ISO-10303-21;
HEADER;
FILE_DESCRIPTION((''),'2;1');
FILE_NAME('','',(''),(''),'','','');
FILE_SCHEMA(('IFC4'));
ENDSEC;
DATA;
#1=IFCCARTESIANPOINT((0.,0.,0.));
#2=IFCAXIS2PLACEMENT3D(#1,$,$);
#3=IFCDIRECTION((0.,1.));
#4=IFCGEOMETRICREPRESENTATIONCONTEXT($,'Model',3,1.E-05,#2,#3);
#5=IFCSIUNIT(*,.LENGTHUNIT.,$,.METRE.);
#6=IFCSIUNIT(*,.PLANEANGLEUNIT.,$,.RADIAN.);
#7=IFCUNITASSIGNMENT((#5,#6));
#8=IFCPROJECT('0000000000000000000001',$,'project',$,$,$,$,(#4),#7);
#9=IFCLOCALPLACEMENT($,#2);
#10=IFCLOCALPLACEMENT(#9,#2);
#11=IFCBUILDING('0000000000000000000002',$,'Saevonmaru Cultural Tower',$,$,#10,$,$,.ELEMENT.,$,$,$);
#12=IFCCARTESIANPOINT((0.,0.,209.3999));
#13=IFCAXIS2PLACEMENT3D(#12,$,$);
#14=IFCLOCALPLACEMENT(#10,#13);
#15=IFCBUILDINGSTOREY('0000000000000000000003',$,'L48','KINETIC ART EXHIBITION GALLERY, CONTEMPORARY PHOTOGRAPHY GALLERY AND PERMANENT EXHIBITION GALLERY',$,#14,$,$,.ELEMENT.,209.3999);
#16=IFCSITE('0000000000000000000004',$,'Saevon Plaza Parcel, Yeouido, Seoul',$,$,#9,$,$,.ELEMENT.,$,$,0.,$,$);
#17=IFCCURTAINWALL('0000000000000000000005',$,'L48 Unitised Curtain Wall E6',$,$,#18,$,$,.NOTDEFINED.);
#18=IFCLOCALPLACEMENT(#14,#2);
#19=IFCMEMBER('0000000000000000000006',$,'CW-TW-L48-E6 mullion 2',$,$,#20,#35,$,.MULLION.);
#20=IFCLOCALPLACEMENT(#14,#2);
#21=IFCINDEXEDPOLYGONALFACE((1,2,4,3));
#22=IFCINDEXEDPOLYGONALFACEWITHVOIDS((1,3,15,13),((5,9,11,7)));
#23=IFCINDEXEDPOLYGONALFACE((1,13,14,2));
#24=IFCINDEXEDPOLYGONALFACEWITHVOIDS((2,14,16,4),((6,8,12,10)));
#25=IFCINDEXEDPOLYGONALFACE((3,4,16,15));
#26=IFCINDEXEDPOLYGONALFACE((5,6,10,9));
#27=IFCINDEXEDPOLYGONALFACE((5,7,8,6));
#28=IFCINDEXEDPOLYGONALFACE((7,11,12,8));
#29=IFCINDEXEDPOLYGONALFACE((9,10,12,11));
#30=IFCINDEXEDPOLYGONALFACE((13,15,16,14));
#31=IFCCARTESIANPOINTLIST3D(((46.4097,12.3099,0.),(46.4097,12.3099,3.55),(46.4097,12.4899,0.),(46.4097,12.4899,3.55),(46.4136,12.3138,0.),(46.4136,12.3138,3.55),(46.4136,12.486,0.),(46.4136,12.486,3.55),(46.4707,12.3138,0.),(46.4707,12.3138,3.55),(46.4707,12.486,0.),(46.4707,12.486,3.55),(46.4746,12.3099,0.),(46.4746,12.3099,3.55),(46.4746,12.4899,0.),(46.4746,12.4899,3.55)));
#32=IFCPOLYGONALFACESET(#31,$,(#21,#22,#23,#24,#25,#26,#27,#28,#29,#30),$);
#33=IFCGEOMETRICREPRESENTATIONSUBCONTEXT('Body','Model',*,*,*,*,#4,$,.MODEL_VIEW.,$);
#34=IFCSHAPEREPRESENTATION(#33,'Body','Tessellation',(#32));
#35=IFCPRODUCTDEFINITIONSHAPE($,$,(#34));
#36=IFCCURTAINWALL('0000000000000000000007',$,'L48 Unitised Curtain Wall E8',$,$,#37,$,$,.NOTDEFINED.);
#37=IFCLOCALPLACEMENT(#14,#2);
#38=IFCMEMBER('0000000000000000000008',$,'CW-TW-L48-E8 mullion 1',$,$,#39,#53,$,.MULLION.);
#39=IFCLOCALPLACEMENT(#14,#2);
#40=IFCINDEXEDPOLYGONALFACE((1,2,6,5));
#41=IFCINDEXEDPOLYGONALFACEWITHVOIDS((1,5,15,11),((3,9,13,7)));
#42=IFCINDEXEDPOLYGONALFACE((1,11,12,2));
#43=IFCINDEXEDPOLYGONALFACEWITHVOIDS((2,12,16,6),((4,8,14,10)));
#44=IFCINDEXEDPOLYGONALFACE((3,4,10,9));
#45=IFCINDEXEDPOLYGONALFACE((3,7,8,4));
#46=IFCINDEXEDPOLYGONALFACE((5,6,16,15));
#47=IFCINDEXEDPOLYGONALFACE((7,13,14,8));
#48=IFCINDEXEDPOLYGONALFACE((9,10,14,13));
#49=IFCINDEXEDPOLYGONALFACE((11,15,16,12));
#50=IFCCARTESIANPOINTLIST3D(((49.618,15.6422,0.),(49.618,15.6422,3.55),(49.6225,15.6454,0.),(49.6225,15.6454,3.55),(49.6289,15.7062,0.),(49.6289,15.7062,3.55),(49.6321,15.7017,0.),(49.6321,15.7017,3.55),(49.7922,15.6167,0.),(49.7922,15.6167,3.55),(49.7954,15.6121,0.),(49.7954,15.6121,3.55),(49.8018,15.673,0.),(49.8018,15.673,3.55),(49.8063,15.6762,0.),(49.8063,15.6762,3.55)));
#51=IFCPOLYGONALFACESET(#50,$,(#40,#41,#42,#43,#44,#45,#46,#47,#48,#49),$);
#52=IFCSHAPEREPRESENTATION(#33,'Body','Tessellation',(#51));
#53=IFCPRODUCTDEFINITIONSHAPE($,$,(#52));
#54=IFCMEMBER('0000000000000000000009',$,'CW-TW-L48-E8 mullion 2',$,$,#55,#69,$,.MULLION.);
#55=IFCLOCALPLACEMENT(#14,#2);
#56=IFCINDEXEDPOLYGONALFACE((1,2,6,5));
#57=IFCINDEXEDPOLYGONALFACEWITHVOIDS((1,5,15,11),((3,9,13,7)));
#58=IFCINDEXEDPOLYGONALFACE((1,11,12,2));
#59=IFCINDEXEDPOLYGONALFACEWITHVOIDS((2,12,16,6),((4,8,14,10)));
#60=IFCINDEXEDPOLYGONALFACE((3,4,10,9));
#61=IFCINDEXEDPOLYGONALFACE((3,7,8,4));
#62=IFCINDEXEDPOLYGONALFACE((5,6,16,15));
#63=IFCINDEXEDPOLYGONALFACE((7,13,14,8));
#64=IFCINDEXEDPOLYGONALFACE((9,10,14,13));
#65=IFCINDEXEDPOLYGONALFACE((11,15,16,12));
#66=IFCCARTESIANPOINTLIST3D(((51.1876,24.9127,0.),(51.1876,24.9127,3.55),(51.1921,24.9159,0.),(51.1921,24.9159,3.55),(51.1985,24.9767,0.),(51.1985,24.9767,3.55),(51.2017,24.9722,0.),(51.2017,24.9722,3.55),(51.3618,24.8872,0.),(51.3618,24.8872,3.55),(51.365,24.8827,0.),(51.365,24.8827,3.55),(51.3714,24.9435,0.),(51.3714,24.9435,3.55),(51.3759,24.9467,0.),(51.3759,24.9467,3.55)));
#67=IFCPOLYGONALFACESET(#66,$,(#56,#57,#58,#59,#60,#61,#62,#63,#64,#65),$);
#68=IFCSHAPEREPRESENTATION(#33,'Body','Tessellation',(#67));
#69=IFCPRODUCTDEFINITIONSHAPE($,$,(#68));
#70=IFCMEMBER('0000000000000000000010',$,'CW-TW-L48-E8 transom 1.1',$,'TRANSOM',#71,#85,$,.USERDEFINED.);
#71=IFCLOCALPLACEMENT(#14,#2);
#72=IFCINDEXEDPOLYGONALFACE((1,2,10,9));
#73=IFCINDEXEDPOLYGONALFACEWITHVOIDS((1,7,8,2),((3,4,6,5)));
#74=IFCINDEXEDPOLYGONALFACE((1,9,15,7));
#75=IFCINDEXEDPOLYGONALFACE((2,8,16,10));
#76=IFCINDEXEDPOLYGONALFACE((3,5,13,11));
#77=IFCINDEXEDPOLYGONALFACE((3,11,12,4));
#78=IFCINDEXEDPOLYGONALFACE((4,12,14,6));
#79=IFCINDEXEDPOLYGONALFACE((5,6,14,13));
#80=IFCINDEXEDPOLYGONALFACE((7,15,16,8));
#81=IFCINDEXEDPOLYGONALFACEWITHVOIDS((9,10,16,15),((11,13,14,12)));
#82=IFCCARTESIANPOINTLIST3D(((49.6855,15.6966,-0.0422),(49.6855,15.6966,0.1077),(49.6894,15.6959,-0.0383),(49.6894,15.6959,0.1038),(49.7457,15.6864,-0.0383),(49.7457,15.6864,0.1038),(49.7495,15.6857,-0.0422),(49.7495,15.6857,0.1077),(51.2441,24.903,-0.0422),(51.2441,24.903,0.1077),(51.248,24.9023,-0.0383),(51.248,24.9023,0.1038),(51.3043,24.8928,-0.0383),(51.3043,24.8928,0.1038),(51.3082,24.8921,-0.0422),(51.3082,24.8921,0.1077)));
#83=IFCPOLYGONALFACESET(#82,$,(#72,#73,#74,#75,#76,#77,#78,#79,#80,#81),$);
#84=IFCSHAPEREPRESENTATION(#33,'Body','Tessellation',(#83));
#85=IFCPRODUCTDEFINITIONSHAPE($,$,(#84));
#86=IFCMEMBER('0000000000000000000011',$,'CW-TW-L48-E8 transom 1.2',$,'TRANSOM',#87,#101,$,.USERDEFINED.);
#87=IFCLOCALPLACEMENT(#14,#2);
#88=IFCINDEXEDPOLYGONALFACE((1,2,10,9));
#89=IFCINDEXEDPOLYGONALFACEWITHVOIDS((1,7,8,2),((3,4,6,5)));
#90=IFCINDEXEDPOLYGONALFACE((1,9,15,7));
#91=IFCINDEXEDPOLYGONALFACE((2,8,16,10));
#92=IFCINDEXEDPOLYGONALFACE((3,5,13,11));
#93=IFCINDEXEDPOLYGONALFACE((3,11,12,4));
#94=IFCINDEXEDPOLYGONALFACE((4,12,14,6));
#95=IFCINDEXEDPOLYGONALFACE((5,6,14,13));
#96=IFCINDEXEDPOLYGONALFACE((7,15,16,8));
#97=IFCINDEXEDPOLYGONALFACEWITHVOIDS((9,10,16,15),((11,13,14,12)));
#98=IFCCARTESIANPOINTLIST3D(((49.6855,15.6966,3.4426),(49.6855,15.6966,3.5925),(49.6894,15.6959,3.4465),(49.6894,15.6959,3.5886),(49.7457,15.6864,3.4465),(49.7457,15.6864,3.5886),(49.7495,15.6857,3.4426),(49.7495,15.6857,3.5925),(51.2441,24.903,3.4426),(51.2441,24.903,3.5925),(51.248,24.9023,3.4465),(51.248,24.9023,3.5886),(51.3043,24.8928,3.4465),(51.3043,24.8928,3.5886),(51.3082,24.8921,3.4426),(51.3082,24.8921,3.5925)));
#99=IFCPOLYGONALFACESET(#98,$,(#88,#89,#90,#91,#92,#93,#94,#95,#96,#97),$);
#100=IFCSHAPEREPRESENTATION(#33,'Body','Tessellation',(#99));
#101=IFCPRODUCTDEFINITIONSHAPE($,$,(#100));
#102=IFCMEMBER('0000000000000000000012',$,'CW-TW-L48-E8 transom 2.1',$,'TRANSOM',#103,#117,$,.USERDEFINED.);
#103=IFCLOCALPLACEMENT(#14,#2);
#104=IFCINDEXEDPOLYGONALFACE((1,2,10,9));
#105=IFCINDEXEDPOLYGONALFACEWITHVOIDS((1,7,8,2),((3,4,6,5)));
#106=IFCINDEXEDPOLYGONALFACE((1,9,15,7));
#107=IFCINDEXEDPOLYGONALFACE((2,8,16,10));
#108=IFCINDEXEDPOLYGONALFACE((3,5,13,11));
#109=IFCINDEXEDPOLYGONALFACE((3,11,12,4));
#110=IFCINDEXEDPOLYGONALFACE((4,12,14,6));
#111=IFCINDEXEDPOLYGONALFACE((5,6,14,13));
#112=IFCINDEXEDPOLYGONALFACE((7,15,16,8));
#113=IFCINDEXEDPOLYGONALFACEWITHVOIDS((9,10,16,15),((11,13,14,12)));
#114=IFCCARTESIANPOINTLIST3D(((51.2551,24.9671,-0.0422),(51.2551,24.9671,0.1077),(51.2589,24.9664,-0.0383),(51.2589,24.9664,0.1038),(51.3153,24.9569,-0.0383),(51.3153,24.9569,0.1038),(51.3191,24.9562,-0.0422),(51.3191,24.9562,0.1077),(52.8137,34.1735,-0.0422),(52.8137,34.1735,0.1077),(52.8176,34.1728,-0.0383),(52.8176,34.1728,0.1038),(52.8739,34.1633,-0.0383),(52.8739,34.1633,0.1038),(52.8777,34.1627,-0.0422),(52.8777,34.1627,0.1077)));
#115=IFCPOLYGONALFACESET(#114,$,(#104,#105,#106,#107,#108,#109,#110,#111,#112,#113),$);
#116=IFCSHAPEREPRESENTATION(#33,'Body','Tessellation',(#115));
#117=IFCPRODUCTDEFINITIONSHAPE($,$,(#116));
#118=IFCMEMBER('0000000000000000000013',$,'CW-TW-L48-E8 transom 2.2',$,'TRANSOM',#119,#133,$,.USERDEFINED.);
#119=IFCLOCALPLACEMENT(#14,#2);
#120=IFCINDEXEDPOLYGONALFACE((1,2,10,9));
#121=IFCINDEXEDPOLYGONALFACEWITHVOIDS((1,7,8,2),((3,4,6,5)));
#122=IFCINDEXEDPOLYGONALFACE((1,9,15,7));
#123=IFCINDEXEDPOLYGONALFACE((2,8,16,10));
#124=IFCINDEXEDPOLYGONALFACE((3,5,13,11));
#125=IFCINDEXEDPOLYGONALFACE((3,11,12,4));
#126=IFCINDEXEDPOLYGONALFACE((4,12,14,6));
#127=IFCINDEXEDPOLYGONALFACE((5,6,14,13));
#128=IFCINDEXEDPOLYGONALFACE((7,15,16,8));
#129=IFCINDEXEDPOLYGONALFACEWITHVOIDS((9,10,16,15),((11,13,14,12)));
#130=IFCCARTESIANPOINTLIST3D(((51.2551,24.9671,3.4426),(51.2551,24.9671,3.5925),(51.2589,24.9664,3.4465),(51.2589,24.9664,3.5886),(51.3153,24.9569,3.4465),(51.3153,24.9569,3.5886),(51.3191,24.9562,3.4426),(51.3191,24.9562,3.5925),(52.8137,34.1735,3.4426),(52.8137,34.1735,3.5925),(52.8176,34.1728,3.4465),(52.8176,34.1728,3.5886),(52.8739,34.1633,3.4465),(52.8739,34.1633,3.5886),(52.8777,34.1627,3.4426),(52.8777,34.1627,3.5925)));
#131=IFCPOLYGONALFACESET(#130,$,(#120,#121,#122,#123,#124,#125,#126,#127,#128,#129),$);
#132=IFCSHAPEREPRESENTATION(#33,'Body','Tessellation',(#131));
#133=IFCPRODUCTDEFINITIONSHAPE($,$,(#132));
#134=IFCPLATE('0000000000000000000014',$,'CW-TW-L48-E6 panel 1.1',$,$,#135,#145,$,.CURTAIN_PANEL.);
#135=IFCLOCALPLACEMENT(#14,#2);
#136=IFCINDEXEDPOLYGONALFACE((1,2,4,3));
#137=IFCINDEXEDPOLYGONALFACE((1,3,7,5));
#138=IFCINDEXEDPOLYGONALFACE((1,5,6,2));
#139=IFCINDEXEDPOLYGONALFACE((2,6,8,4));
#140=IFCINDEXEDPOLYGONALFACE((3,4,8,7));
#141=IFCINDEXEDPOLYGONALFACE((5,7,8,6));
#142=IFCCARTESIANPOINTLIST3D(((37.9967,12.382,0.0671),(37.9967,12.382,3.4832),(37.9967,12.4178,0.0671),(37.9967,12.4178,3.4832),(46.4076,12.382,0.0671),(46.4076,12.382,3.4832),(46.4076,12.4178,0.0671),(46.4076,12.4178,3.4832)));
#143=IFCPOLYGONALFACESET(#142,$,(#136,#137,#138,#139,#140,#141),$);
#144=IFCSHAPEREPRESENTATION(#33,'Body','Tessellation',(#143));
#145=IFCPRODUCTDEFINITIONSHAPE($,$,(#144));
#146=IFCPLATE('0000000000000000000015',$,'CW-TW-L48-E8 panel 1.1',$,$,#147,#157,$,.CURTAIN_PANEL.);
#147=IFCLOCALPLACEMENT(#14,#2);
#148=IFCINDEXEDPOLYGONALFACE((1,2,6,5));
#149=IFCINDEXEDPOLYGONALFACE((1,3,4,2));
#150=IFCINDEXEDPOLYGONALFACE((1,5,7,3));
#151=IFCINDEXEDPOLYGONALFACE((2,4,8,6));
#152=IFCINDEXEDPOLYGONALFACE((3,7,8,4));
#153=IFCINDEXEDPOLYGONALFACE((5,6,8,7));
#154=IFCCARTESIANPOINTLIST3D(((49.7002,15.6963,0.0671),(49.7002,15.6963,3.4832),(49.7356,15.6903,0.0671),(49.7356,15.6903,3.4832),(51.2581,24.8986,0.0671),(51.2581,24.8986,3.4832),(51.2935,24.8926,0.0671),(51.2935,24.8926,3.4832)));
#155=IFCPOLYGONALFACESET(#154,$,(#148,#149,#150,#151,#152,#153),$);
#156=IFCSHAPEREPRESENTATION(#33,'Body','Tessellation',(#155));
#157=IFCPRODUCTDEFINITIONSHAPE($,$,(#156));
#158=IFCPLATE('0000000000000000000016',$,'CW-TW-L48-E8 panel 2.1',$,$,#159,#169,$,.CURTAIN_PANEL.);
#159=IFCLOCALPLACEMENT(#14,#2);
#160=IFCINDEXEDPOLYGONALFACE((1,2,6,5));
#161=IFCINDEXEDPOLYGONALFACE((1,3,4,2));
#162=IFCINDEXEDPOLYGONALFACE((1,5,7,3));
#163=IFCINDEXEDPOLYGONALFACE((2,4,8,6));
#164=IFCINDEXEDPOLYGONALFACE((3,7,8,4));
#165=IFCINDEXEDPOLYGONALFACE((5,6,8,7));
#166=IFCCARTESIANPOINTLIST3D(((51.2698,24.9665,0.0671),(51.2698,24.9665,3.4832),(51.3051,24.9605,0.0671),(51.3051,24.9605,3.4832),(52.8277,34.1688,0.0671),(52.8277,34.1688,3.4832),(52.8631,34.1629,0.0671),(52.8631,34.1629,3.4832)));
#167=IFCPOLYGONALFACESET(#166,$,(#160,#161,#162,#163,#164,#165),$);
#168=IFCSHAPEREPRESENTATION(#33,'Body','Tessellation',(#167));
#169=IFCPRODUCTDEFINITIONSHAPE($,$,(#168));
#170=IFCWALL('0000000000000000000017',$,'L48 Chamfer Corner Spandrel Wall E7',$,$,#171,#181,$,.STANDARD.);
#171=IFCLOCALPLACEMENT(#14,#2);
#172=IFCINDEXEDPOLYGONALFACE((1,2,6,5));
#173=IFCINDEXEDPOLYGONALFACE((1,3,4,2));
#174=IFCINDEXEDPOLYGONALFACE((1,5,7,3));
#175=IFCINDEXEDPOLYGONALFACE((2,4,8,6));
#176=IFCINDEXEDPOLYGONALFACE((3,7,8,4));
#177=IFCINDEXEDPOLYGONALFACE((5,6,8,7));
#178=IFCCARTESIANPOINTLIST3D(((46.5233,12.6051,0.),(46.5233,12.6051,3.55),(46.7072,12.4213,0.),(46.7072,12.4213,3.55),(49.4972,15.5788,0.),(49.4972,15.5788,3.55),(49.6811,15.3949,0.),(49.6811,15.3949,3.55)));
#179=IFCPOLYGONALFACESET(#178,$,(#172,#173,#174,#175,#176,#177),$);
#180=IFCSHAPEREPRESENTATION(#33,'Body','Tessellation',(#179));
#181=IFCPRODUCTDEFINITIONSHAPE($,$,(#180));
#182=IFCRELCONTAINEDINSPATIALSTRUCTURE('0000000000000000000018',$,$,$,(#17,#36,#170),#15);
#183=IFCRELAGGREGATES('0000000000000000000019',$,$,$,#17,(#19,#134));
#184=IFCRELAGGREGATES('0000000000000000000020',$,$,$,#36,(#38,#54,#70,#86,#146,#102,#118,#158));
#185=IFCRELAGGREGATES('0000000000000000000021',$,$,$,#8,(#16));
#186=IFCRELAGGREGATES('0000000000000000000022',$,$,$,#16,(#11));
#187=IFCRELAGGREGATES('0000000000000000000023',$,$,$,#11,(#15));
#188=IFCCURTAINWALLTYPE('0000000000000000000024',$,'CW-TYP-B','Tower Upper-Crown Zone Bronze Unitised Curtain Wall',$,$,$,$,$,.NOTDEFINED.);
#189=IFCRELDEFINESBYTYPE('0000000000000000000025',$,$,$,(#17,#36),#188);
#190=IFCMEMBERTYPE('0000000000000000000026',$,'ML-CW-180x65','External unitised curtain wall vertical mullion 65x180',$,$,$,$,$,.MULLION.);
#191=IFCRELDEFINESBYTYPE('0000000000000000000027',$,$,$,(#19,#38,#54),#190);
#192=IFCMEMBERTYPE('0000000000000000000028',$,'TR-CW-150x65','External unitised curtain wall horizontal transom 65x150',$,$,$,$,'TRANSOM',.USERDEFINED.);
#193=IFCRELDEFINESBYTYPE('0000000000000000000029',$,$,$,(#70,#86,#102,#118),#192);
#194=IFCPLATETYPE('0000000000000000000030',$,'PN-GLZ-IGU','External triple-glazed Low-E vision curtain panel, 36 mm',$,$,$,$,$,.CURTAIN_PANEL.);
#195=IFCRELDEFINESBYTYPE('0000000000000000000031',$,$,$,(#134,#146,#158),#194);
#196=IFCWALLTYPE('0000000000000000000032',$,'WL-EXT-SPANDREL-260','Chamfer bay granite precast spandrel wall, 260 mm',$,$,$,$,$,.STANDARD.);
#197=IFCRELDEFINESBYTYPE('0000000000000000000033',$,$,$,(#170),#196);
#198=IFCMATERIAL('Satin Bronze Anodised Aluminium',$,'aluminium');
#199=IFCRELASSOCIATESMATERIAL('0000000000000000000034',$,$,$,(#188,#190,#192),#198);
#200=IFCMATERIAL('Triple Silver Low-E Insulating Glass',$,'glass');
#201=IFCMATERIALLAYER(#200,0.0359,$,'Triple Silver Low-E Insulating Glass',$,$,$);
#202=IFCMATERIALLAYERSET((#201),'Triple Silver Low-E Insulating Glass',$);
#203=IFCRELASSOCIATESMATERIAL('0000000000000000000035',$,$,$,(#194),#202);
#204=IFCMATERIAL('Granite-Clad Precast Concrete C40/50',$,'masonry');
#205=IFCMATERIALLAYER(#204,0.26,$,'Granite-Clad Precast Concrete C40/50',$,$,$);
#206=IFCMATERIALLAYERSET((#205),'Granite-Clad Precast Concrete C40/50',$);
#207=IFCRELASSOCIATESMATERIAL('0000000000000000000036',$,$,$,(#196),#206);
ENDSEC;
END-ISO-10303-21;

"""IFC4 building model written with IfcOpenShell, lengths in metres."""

from ifc_helpers import new_model, si_unit, direction, frame, frame_2d, origin, origin_2d, place, context, subcontext, project, spatial, rectangle, hollow_rectangle, extrude, material, layer, layer_set, material_profile, profile_set, type_object, element, aggregate, save


model = new_model("IFC4")

# Units and contexts
model_context = context("Model", 3, precision=1e-05, world=origin(), true_north=direction((0.0, 1.0)))
body_context = subcontext(model_context, "Body", "Model", "MODEL_VIEW")
ifc_project = project(units=[si_unit("LENGTHUNIT", "METRE"), si_unit("PLANEANGLEUNIT", "RADIAN")], contexts=[model_context])

# Site, building, storey
site_placement = place(None, origin())
site = spatial("IfcSite", under=ifc_project, at=site_placement, Name="Saevon Plaza Parcel, Yeouido, Seoul", CompositionType="ELEMENT", RefElevation=0.0)
building_placement = place(site_placement, origin())
building = spatial("IfcBuilding", under=site, at=building_placement, Name="Saevonmaru Cultural Tower", CompositionType="ELEMENT")
storey_placement = place(building_placement, frame((0.0, 0.0, 209.3999)))
storey = spatial("IfcBuildingStorey", under=building, at=storey_placement, Name="L48", Description="KINETIC ART EXHIBITION GALLERY, CONTEMPORARY PHOTOGRAPHY GALLERY AND PERMANENT EXHIBITION GALLERY", CompositionType="ELEMENT", Elevation=209.3999)

# Curtain wall, member
ifc_material_1 = material(Name="Satin Bronze Anodised Aluminium", Category="aluminium")
curtain_wall_type = type_object("IfcCurtainWallType", Name="CW-TYP-B", Description="Tower Upper-Crown Zone Bronze Unitised Curtain Wall", PredefinedType="NOTDEFINED", material=ifc_material_1)
curtain_wall_1_placement = place(storey_placement, origin())
curtain_wall_1 = element("IfcCurtainWall", 1, at=curtain_wall_1_placement, inside=storey, type_object=curtain_wall_type, Name="L48 Unitised Curtain Wall E6", PredefinedType="NOTDEFINED")
ifc_material_profile_1 = material_profile(ifc_material_1, hollow_rectangle(XDim=0.0649, YDim=0.1799, WallThickness=0.0039, at=origin_2d()), Name="ALU-MULL-180x65x4")
ifc_profile_set_1 = profile_set([ifc_material_profile_1], Name="Satin Bronze Anodised Aluminium")
member_type_1 = type_object("IfcMemberType", Name="ML-CW-180x65", Description="External unitised curtain wall vertical mullion 65x180", PredefinedType="MULLION", material=ifc_profile_set_1)
member_1_placement = place(storey_placement, frame((46.4421, 12.3999, 0.0), z_axis=(0.0, 0.0, 1.0), x_axis=(1.0, 0.0, 0.0)))
member_1 = element("IfcMember", 2, at=member_1_placement, type_object=member_type_1, Name="CW-TW-L48-E6 mullion 2", PredefinedType="MULLION", context=body_context, shape_type="SweptSolid", body=[
    extrude(hollow_rectangle(XDim=0.0649, YDim=0.1799, WallThickness=0.0039, at=origin_2d()), origin(), (0.0, 0.0, 1.0), 3.55),
])

# Curtain wall, members
curtain_wall_2_placement = place(storey_placement, origin())
curtain_wall_2 = element("IfcCurtainWall", 3, at=curtain_wall_2_placement, inside=storey, type_object=curtain_wall_type, Name="L48 Unitised Curtain Wall E8", PredefinedType="NOTDEFINED")
member_2_placement = place(storey_placement, frame((49.7122, 15.6592, 0.0), z_axis=(0.0, 0.0, 1.0), x_axis=(0.166922, 0.98597, 0.0)))
member_2 = element("IfcMember", 4, at=member_2_placement, type_object=member_type_1, Name="CW-TW-L48-E8 mullion 1", PredefinedType="MULLION", context=body_context, shape_type="SweptSolid", body=[
    extrude(hollow_rectangle(XDim=0.0649, YDim=0.1799, WallThickness=0.0039, at=origin_2d()), origin(), (0.0, 0.0, 1.0), 3.55),
])
member_3_placement = place(storey_placement, frame((51.2817, 24.9297, 0.0), z_axis=(0.0, 0.0, 1.0), x_axis=(0.166922, 0.98597, 0.0)))
member_3 = element("IfcMember", 5, at=member_3_placement, type_object=member_type_1, Name="CW-TW-L48-E8 mullion 2", PredefinedType="MULLION", context=body_context, shape_type="SweptSolid", body=[
    extrude(hollow_rectangle(XDim=0.0649, YDim=0.1799, WallThickness=0.0039, at=origin_2d()), origin(), (0.0, 0.0, 1.0), 3.55),
])
ifc_material_profile_2 = material_profile(ifc_material_1, hollow_rectangle(XDim=0.0649, YDim=0.1499, WallThickness=0.0039, at=origin_2d()), Name="ALU-TRAN-150x65x4")
ifc_profile_set_2 = profile_set([ifc_material_profile_2], Name="Satin Bronze Anodised Aluminium")
member_type_2 = type_object("IfcMemberType", Name="TR-CW-150x65", Description="External unitised curtain wall horizontal transom 65x150", ElementType="TRANSOM", PredefinedType="USERDEFINED", material=ifc_profile_set_2)
member_4_placement = place(storey_placement, frame((49.7175, 15.6912, 0.0327), z_axis=(0.166921, 0.98597, 0.0), x_axis=(-0.98597, 0.166921, 0.0)))
member_4 = element("IfcMember", 6, at=member_4_placement, type_object=member_type_2, Name="CW-TW-L48-E8 transom 1.1", ObjectType="TRANSOM", PredefinedType="USERDEFINED", context=body_context, shape_type="SweptSolid", body=[
    extrude(hollow_rectangle(XDim=0.0649, YDim=0.1499, WallThickness=0.0039, at=origin_2d()), origin(), (0.0, 0.0, 1.0), 9.3374),
])
member_5_placement = place(storey_placement, frame((49.7175, 15.6912, 3.5176), z_axis=(0.166921, 0.98597, 0.0), x_axis=(-0.98597, 0.166921, 0.0)))
member_5 = element("IfcMember", 7, at=member_5_placement, type_object=member_type_2, Name="CW-TW-L48-E8 transom 1.2", ObjectType="TRANSOM", PredefinedType="USERDEFINED", context=body_context, shape_type="SweptSolid", body=[
    extrude(hollow_rectangle(XDim=0.0649, YDim=0.1499, WallThickness=0.0039, at=origin_2d()), origin(), (0.0, 0.0, 1.0), 9.3374),
])
member_6_placement = place(storey_placement, frame((51.2871, 24.9617, 0.0327), z_axis=(0.166921, 0.98597, 0.0), x_axis=(-0.98597, 0.166921, 0.0)))
member_6 = element("IfcMember", 8, at=member_6_placement, type_object=member_type_2, Name="CW-TW-L48-E8 transom 2.1", ObjectType="TRANSOM", PredefinedType="USERDEFINED", context=body_context, shape_type="SweptSolid", body=[
    extrude(hollow_rectangle(XDim=0.0649, YDim=0.1499, WallThickness=0.0039, at=origin_2d()), origin(), (0.0, 0.0, 1.0), 9.3374),
])
member_7_placement = place(storey_placement, frame((51.2871, 24.9617, 3.5176), z_axis=(0.166921, 0.98597, 0.0), x_axis=(-0.98597, 0.166921, 0.0)))
member_7 = element("IfcMember", 9, at=member_7_placement, type_object=member_type_2, Name="CW-TW-L48-E8 transom 2.2", ObjectType="TRANSOM", PredefinedType="USERDEFINED", context=body_context, shape_type="SweptSolid", body=[
    extrude(hollow_rectangle(XDim=0.0649, YDim=0.1499, WallThickness=0.0039, at=origin_2d()), origin(), (0.0, 0.0, 1.0), 9.3374),
])

# Plates
ifc_material_2 = material(Name="Triple Silver Low-E Insulating Glass", Category="glass")
ifc_layer_1 = layer(ifc_material_2, 0.0359, Name="Triple Silver Low-E Insulating Glass")
ifc_layer_set_1 = layer_set([ifc_layer_1], Name="Triple Silver Low-E Insulating Glass")
plate_type = type_object("IfcPlateType", Name="PN-GLZ-IGU", Description="External triple-glazed Low-E vision curtain panel, 36 mm", PredefinedType="CURTAIN_PANEL", material=ifc_layer_set_1)
plate_1_placement = place(storey_placement, frame((42.2021, 12.3999, 0.0671), z_axis=(0.0, 0.0, 1.0), x_axis=(1.0, 0.0, 0.0)))
plate_1 = element("IfcPlate", 10, at=plate_1_placement, type_object=plate_type, Name="CW-TW-L48-E6 panel 1.1", PredefinedType="CURTAIN_PANEL", context=body_context, shape_type="SweptSolid", body=[
    extrude(rectangle(XDim=8.4109, YDim=0.0359, at=origin_2d()), origin(), (0.0, 0.0, 1.0), 3.416),
])
aggregate(curtain_wall_1, [member_1, plate_1])
plate_2_placement = place(storey_placement, frame((50.4968, 20.2944, 0.0671), z_axis=(0.0, 0.0, 1.0), x_axis=(0.166922, 0.98597, 0.0)))
plate_2 = element("IfcPlate", 11, at=plate_2_placement, type_object=plate_type, Name="CW-TW-L48-E8 panel 1.1", PredefinedType="CURTAIN_PANEL", context=body_context, shape_type="SweptSolid", body=[
    extrude(rectangle(XDim=9.3333, YDim=0.0359, at=origin_2d()), origin(), (0.0, 0.0, 1.0), 3.416),
])
plate_3_placement = place(storey_placement, frame((52.0664, 29.5647, 0.0671), z_axis=(0.0, 0.0, 1.0), x_axis=(0.166922, 0.98597, 0.0)))
plate_3 = element("IfcPlate", 12, at=plate_3_placement, type_object=plate_type, Name="CW-TW-L48-E8 panel 2.1", PredefinedType="CURTAIN_PANEL", context=body_context, shape_type="SweptSolid", body=[
    extrude(rectangle(XDim=9.3333, YDim=0.0359, at=origin_2d()), origin(), (0.0, 0.0, 1.0), 3.416),
])
aggregate(curtain_wall_2, [member_2, member_3, member_4, member_5, plate_2, member_6, member_7, plate_3])

# Wall
ifc_material_3 = material(Name="Granite-Clad Precast Concrete C40/50", Category="masonry")
ifc_layer_2 = layer(ifc_material_3, 0.26, Name="Granite-Clad Precast Concrete C40/50")
ifc_layer_set_2 = layer_set([ifc_layer_2], Name="Granite-Clad Precast Concrete C40/50")
wall_type_1 = type_object("IfcWallType", Name="WL-EXT-SPANDREL-260", Description="Chamfer bay granite precast spandrel wall, 260 mm", PredefinedType="STANDARD", material=ifc_layer_set_2)
wall_1_placement = place(storey_placement, frame((46.6152, 12.5132, 0.0), z_axis=(0.0, 0.0, 1.0), x_axis=(0.707136, 0.707078, 0.0)))
element("IfcWall", 13, at=wall_1_placement, inside=storey, type_object=wall_type_1, Name="L48 Chamfer Corner Spandrel Wall E7", PredefinedType="STANDARD", context=body_context, shape_type="SweptSolid", body=[
    extrude(rectangle(XDim=4.2056, YDim=0.26, at=frame_2d((2.1028, 0.0))), origin(), (0.0, 0.0, 1.0), 3.55),
])

save(model, "model.ifc")
